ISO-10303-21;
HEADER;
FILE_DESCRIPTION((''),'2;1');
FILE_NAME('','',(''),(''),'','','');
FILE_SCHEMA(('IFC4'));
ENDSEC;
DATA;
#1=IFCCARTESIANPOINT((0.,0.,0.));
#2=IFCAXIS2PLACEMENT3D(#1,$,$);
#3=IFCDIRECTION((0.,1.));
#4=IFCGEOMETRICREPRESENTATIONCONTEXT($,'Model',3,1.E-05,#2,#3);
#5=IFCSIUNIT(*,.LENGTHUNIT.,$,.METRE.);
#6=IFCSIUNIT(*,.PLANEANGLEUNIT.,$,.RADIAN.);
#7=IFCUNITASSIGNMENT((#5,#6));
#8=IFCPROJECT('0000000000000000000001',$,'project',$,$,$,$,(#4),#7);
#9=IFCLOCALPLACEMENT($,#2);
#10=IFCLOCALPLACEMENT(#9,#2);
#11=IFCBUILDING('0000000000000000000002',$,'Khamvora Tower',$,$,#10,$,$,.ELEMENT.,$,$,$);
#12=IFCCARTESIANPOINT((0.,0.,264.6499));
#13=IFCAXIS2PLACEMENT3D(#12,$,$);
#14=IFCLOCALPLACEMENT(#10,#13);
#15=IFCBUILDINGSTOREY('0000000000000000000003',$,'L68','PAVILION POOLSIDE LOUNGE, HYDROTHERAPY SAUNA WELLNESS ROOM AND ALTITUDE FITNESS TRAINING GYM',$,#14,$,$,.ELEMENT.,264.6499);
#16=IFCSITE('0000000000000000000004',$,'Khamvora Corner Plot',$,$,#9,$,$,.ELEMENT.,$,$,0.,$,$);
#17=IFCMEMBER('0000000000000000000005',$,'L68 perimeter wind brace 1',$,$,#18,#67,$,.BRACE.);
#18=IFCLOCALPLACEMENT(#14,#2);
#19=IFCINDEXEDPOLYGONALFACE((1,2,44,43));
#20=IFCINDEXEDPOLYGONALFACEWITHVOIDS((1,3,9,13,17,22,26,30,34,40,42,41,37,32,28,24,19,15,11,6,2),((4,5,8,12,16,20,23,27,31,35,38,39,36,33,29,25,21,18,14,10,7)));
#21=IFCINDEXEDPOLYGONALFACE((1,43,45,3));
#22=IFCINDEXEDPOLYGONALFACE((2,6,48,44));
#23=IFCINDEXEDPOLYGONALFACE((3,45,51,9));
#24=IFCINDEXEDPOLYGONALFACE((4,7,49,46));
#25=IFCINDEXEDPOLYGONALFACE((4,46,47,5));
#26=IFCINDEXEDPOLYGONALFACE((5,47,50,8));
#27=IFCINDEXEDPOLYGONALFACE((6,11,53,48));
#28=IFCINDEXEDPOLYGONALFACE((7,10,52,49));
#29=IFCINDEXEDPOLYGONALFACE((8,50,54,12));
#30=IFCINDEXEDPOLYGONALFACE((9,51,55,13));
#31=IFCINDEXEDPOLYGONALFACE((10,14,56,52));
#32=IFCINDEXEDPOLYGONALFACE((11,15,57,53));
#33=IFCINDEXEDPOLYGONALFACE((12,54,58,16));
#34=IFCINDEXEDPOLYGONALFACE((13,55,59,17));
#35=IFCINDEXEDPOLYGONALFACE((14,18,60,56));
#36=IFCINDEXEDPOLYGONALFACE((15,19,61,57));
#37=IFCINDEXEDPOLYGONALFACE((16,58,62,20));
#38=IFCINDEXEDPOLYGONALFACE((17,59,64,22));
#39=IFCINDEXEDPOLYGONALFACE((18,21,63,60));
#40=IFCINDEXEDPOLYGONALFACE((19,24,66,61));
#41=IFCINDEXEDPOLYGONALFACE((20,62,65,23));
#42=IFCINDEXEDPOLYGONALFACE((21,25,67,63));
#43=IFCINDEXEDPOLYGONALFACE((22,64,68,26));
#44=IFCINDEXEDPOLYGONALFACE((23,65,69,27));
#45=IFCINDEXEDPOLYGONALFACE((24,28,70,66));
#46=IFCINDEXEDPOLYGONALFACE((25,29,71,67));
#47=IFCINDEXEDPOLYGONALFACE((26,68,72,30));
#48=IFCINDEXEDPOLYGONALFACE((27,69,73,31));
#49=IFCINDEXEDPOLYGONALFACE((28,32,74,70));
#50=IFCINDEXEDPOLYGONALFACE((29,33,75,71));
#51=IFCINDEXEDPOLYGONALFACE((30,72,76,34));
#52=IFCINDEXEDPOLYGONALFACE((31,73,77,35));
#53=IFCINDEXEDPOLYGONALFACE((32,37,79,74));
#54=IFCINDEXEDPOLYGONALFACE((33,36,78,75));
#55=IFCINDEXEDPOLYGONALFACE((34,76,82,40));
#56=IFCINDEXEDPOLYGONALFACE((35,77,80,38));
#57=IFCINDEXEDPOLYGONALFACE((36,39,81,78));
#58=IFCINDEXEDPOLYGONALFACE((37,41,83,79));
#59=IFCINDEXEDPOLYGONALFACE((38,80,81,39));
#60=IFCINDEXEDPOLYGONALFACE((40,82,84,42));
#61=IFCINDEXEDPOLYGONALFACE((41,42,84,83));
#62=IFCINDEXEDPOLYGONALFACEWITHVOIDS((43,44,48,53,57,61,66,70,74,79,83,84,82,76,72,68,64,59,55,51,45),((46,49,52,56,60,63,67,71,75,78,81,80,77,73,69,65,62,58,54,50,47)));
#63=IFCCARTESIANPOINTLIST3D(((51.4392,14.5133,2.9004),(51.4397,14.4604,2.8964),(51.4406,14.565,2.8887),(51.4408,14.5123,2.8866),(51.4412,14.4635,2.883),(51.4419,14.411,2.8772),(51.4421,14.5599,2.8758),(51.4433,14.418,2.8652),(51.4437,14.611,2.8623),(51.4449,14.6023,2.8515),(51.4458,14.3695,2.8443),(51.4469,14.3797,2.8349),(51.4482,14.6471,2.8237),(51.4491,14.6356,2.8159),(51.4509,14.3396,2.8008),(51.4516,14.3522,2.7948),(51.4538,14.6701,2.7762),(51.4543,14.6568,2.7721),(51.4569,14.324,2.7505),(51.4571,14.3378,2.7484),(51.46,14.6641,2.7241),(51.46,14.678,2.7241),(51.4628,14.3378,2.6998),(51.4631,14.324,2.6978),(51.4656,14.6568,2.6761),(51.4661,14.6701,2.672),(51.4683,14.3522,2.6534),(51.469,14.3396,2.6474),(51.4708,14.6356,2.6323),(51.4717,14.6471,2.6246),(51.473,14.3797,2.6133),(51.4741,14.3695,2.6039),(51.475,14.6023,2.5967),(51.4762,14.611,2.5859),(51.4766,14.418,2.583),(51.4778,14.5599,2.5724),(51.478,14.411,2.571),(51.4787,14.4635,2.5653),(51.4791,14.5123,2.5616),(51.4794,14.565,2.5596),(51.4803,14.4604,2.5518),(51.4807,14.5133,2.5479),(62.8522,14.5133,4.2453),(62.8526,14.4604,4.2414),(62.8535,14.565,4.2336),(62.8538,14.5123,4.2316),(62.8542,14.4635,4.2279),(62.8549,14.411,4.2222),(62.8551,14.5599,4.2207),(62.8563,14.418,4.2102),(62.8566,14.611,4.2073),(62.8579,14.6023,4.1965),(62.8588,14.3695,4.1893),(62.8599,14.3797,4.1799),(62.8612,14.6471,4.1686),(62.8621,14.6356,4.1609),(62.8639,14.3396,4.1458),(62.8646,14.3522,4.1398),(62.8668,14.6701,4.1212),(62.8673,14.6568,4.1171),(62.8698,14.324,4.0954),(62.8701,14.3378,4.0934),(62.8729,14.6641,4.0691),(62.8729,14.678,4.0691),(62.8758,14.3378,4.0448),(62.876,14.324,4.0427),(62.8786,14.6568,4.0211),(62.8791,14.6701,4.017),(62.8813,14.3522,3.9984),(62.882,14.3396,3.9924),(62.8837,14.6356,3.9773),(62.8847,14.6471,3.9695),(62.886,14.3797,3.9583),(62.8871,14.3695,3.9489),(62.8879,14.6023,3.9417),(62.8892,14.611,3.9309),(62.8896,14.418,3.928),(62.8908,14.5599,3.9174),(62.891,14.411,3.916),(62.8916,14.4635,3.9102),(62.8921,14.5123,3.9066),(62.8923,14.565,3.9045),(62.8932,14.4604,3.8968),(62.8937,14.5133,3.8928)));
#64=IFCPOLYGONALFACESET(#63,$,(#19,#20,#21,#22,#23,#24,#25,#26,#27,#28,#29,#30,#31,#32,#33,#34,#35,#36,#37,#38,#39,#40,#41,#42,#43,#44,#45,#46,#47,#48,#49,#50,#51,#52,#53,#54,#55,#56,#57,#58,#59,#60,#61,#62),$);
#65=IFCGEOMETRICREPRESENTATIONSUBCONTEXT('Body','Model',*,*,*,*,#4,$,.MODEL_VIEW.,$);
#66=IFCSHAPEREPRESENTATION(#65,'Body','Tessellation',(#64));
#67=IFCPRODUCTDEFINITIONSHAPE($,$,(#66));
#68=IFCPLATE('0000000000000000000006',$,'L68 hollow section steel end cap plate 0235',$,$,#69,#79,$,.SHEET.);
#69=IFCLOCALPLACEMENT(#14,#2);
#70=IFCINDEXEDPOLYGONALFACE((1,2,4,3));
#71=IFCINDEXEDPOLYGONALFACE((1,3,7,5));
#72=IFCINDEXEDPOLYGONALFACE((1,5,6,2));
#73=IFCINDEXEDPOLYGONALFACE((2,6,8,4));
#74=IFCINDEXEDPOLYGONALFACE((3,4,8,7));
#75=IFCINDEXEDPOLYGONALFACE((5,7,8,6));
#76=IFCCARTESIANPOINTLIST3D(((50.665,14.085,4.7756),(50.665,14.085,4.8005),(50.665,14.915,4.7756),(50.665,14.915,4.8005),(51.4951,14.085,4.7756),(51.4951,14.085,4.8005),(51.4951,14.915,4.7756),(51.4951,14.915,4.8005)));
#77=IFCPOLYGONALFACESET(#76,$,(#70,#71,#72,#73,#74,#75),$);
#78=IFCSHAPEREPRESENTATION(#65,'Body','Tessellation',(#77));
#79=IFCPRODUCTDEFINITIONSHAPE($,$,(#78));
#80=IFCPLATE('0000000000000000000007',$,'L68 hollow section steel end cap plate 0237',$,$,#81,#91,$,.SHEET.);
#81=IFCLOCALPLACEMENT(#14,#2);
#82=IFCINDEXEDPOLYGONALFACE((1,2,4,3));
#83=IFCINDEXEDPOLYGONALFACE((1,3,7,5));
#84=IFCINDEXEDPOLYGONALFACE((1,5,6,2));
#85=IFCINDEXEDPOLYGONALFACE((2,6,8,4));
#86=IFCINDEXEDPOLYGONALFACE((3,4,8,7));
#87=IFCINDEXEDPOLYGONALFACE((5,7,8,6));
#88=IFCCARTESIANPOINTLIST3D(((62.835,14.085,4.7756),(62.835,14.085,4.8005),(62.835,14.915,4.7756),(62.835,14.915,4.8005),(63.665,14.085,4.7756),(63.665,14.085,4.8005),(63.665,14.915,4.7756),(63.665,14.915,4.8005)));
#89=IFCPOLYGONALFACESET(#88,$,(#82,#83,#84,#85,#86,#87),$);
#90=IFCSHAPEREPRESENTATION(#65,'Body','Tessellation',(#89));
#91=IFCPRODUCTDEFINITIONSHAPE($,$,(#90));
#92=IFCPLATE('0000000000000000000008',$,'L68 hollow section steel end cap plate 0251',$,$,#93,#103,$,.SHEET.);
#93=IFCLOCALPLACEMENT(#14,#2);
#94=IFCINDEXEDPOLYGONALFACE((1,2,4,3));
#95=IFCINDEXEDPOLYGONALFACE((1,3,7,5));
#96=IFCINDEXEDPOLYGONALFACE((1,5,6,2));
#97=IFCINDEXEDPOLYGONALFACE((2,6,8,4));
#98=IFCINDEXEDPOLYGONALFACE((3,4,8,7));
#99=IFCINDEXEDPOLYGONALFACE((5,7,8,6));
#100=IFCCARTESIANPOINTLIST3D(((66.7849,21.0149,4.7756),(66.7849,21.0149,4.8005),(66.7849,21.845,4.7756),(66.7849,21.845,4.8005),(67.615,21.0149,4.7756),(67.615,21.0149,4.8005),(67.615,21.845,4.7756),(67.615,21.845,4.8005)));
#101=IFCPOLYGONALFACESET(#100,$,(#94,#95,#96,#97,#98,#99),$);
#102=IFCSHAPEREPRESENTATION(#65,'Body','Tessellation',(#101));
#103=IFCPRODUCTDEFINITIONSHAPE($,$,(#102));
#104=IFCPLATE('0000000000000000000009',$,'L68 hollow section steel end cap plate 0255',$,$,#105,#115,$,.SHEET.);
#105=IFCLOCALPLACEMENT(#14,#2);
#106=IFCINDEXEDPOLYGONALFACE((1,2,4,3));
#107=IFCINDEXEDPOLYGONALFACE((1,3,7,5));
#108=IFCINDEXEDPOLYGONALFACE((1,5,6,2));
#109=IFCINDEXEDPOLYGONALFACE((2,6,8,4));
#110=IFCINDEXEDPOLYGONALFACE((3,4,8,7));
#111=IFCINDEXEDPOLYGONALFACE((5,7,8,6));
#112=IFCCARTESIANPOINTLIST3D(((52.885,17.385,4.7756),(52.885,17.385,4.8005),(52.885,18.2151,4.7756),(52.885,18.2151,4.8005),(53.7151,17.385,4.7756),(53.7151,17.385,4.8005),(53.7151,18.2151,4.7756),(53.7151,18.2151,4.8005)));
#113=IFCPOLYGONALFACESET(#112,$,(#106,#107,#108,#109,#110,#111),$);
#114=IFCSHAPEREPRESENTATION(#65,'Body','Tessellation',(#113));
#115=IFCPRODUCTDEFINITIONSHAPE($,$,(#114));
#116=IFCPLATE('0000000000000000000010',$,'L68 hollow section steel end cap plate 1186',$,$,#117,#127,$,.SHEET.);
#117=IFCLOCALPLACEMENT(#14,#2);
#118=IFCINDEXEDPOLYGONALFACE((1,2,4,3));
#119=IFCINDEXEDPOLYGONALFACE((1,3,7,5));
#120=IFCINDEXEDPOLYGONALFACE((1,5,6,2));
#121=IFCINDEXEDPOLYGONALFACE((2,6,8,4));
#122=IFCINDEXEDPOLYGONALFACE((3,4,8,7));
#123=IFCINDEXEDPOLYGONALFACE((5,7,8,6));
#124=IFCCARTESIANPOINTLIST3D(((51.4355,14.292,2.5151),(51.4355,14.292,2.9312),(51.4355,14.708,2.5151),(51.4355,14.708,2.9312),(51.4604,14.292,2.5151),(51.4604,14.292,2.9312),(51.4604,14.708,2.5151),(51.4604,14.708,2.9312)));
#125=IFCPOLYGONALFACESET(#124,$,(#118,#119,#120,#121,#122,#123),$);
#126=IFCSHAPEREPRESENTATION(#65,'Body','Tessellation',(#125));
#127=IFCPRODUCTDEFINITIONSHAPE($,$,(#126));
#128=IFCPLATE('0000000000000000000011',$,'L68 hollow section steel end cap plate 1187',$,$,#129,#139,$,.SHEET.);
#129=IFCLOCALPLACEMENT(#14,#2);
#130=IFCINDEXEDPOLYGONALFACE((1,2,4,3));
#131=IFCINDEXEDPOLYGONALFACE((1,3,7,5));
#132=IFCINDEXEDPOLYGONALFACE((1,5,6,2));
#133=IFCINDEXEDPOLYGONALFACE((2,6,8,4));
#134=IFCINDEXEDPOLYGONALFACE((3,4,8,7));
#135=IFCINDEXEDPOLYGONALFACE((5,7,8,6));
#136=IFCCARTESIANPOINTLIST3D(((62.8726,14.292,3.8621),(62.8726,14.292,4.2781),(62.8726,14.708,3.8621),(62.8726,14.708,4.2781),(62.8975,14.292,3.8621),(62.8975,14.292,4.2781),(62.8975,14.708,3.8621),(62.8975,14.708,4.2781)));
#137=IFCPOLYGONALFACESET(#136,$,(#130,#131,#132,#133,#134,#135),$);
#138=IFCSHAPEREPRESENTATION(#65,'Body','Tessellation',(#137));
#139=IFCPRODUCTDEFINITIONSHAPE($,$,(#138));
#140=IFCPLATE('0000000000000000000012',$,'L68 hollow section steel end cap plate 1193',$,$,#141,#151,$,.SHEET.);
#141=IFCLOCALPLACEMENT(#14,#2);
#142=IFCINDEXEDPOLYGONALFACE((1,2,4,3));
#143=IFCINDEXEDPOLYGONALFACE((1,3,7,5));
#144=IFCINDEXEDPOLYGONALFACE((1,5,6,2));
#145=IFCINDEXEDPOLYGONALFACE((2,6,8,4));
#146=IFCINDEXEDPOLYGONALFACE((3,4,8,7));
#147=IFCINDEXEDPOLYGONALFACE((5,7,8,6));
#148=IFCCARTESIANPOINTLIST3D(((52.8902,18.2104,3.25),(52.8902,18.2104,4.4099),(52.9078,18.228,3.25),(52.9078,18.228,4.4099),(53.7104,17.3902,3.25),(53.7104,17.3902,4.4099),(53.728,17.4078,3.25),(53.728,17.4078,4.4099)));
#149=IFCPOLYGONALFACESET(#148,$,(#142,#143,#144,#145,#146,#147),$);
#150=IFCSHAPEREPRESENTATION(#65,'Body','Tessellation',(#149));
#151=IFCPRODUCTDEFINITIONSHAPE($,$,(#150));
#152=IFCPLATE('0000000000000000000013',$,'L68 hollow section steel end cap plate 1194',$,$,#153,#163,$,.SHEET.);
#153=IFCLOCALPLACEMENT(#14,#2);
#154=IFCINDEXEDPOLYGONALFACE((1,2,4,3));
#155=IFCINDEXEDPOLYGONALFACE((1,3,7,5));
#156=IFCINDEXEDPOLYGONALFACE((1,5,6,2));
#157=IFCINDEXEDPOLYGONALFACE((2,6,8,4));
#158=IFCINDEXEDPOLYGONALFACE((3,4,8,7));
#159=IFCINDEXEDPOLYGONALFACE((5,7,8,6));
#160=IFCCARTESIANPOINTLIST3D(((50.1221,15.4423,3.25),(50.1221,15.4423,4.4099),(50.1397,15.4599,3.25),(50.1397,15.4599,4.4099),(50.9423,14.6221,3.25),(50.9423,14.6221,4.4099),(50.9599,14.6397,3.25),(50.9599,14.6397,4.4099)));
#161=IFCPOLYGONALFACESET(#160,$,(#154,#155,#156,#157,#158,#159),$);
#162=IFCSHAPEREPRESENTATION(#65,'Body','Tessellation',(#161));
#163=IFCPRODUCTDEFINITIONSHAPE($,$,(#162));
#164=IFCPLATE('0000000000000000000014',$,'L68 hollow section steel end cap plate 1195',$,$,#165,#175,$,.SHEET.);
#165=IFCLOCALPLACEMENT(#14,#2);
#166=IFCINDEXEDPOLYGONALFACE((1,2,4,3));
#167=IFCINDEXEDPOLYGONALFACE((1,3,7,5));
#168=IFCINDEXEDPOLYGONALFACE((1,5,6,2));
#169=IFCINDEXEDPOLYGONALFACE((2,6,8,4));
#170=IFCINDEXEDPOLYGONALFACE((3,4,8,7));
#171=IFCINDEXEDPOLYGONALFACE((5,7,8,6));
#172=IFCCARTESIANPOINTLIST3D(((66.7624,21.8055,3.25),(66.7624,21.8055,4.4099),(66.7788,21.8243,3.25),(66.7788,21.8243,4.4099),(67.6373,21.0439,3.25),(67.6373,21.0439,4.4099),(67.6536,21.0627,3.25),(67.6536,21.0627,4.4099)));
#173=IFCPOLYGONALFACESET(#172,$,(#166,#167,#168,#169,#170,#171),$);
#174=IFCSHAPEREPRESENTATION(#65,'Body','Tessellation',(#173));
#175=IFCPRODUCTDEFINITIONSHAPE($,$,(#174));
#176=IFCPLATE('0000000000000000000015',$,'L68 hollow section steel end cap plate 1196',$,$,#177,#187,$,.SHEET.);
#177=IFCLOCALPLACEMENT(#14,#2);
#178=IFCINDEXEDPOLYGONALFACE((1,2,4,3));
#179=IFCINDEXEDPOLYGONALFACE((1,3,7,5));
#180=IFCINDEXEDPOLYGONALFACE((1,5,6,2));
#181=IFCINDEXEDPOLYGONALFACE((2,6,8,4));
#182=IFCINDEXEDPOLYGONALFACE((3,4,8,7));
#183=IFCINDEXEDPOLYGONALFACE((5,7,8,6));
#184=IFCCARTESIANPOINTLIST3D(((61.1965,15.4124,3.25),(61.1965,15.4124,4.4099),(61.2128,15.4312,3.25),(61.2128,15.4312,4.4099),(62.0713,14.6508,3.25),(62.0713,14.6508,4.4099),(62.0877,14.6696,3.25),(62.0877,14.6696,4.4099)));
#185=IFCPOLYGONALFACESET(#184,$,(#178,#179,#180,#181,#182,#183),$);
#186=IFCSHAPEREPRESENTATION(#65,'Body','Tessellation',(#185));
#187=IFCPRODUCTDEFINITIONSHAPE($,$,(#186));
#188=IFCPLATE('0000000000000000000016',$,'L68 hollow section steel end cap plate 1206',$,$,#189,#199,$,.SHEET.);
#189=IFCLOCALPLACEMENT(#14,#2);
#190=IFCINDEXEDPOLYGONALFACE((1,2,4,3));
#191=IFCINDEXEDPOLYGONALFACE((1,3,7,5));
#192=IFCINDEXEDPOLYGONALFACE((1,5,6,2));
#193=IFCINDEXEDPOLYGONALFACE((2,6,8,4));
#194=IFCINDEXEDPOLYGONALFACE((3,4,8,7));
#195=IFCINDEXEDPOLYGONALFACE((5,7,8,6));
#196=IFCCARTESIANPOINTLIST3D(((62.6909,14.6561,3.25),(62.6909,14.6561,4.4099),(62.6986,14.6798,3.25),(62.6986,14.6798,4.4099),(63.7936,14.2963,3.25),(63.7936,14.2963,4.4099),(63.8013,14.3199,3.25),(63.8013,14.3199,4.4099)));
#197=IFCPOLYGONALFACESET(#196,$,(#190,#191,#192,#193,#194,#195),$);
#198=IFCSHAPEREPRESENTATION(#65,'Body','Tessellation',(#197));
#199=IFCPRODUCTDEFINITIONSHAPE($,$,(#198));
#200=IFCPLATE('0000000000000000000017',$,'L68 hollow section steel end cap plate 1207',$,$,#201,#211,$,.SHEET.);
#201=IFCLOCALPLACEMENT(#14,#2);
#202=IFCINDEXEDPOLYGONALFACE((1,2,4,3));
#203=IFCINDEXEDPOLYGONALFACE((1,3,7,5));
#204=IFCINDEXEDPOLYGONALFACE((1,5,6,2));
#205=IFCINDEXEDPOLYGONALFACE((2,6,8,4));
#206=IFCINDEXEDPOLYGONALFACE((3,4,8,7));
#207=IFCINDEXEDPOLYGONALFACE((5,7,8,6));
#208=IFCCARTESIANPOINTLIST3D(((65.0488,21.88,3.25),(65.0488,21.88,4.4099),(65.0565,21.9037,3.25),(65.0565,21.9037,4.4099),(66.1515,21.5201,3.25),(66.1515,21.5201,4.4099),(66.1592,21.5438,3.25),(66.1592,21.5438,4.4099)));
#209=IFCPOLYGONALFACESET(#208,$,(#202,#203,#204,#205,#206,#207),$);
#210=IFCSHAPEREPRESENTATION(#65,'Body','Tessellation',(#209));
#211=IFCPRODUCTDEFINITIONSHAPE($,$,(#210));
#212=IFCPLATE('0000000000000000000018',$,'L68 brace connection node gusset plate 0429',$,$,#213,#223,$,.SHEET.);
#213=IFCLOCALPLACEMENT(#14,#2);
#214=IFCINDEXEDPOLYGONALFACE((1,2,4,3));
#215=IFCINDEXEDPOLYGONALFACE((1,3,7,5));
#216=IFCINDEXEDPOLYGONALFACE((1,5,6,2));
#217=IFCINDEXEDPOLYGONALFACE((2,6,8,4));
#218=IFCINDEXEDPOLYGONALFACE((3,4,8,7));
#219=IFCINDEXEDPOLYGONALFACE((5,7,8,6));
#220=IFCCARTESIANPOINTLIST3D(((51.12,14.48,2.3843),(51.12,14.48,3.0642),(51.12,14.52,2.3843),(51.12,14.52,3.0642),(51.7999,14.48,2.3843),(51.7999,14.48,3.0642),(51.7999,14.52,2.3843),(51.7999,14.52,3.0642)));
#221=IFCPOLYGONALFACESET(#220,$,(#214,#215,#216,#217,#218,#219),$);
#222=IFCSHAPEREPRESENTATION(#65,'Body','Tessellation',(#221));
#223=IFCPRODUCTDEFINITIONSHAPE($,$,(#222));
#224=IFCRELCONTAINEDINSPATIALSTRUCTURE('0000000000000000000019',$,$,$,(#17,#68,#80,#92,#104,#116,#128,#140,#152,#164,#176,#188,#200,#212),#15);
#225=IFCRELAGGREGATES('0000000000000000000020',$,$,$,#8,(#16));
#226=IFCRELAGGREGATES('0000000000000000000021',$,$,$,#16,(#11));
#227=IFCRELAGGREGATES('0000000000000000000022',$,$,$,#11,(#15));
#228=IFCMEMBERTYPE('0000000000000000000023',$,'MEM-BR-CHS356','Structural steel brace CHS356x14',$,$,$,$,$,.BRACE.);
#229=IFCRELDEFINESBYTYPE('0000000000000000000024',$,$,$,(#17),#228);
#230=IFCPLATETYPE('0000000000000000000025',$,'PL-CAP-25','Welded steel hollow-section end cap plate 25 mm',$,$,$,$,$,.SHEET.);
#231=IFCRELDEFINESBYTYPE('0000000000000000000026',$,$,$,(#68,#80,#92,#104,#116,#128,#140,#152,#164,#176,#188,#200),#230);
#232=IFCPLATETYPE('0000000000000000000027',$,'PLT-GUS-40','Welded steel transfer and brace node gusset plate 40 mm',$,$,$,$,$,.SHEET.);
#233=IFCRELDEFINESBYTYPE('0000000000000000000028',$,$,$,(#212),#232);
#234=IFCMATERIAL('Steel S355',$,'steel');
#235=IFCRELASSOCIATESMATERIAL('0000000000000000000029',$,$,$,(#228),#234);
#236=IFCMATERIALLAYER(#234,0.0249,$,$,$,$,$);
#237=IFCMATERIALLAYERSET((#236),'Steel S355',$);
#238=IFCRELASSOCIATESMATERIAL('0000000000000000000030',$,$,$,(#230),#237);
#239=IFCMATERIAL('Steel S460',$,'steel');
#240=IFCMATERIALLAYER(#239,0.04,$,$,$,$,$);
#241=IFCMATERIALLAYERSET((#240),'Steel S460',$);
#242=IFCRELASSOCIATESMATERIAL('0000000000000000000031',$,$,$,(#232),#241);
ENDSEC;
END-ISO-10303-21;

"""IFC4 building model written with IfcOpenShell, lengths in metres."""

from ifc_helpers import new_model, si_unit, direction, frame, origin, origin_2d, place, context, subcontext, project, spatial, rectangle, hollow_circle, extrude, material, layer, layer_set, material_profile, profile_set, type_object, element, save


model = new_model("IFC4")

# Units and contexts
model_context = context("Model", 3, precision=1e-05, world=origin(), true_north=direction((0.0, 1.0)))
body_context = subcontext(model_context, "Body", "Model", "MODEL_VIEW")
ifc_project = project(units=[si_unit("LENGTHUNIT", "METRE"), si_unit("PLANEANGLEUNIT", "RADIAN")], contexts=[model_context])

# Site, building, storey
site_placement = place(None, origin())
site = spatial("IfcSite", under=ifc_project, at=site_placement, Name="Khamvora Corner Plot", CompositionType="ELEMENT", RefElevation=0.0)
building_placement = place(site_placement, origin())
building = spatial("IfcBuilding", under=site, at=building_placement, Name="Khamvora Tower", CompositionType="ELEMENT")
storey_placement = place(building_placement, frame((0.0, 0.0, 264.6499)))
storey = spatial("IfcBuildingStorey", under=building, at=storey_placement, Name="L68", Description="PAVILION POOLSIDE LOUNGE, HYDROTHERAPY SAUNA WELLNESS ROOM AND ALTITUDE FITNESS TRAINING GYM", CompositionType="ELEMENT", Elevation=264.6499)

# Shared definitions
ifc_material_1 = material(Name="Steel S355", Category="steel")

# Shared definitions
ifc_material_2 = material(Name="Steel S460", Category="steel")

# Member
ifc_material_profile_1 = material_profile(ifc_material_1, hollow_circle(Radius=0.178, WallThickness=0.0139, at=origin_2d()), Name="CHS356x14")
ifc_profile_set_1 = profile_set([ifc_material_profile_1], Name="Steel S355")
member_type = type_object("IfcMemberType", Name="MEM-BR-CHS356", Description="Structural steel brace CHS356x14", PredefinedType="BRACE", material=ifc_profile_set_1)
member_placement = place(storey_placement, frame((51.46, 14.5, 2.7241), z_axis=(0.993128, 0.0, 0.117035), x_axis=(0.0, 1.0, 0.0)))
element("IfcMember", 1, at=member_placement, inside=storey, type_object=member_type, Name="L68 perimeter wind brace 1", PredefinedType="BRACE", context=body_context, shape_type="SweptSolid", body=[
    extrude(hollow_circle(Radius=0.178, WallThickness=0.0139, at=origin_2d()), origin(), (0.0, 0.0, 1.0), 11.4919),
])

# Plates
ifc_layer_1 = layer(ifc_material_1, 0.0249)
ifc_layer_set_1 = layer_set([ifc_layer_1], Name="Steel S355")
plate_type_1 = type_object("IfcPlateType", Name="PL-CAP-25", Description="Welded steel hollow-section end cap plate 25 mm", PredefinedType="SHEET", material=ifc_layer_set_1)
for number, where, z_axis, x_axis, name in (
    (2, (51.0801, 14.5, 4.7756), (0.0, 0.0, 1.0), (1.0, 0.0, 0.0), "L68 hollow section steel end cap plate 0235"),
    (3, (63.25, 14.5, 4.7756), (0.0, 0.0, 1.0), (1.0, 0.0, 0.0), "L68 hollow section steel end cap plate 0237"),
    (4, (67.2, 21.4299, 4.7756), (0.0, 0.0, 1.0), (1.0, 0.0, 0.0), "L68 hollow section steel end cap plate 0251"),
    (5, (53.3, 17.8, 4.7756), (0.0, 0.0, 1.0), (1.0, 0.0, 0.0), "L68 hollow section steel end cap plate 0255"),
):
    element("IfcPlate", number, at=place(storey_placement, frame(where, z_axis=z_axis, x_axis=x_axis)), inside=storey, type_object=plate_type_1, Name=name, PredefinedType="SHEET", context=body_context, shape_type="SweptSolid", body=[
        extrude(rectangle(XDim=0.8301, YDim=0.8301, at=origin_2d()), origin(), (0.0, 0.0, 1.0), 0.0249),
    ])
for number, where, z_axis, x_axis, name in (
    (6, (51.448, 14.5, 2.5151), (0.0, 0.0, 1.0), (1.0, 0.0, 0.0), "L68 hollow section steel end cap plate 1186"),
    (7, (62.885, 14.5, 3.8621), (0.0, 0.0, 1.0), (1.0, 0.0, 0.0), "L68 hollow section steel end cap plate 1187"),
):
    element("IfcPlate", number, at=place(storey_placement, frame(where, z_axis=z_axis, x_axis=x_axis)), inside=storey, type_object=plate_type_1, Name=name, PredefinedType="SHEET", context=body_context, shape_type="SweptSolid", body=[
        extrude(rectangle(XDim=0.0249, YDim=0.416, at=origin_2d()), origin(), (0.0, 0.0, 1.0), 0.416),
    ])
for number, where, z_axis, x_axis, name in (
    (8, (53.3091, 17.8091, 3.25), (0.0, 0.0, 1.0), (-0.707107, -0.707107, 0.0), "L68 hollow section steel end cap plate 1193"),
    (9, (50.541, 15.041, 3.25), (0.0, 0.0, 1.0), (-0.707107, -0.707107, 0.0), "L68 hollow section steel end cap plate 1194"),
    (10, (67.208, 21.4341, 3.25), (0.0, 0.0, 1.0), (-0.656612, -0.754228, 0.0), "L68 hollow section steel end cap plate 1195"),
    (11, (61.6421, 15.041, 3.25), (0.0, 0.0, 1.0), (-0.656612, -0.754228, 0.0), "L68 hollow section steel end cap plate 1196"),
    (12, (63.2461, 14.488, 3.25), (0.0, 0.0, 1.0), (0.310278, 0.950646, 0.0), "L68 hollow section steel end cap plate 1206"),
    (13, (65.604, 21.7119, 3.25), (0.0, 0.0, 1.0), (0.310278, 0.950646, 0.0), "L68 hollow section steel end cap plate 1207"),
):
    element("IfcPlate", number, at=place(storey_placement, frame(where, z_axis=z_axis, x_axis=x_axis)), inside=storey, type_object=plate_type_1, Name=name, PredefinedType="SHEET", context=body_context, shape_type="SweptSolid", body=[
        extrude(rectangle(XDim=0.0249, YDim=1.1599, at=origin_2d()), origin(), (0.0, 0.0, 1.0), 1.1599),
    ])
ifc_layer_2 = layer(ifc_material_2, 0.04)
ifc_layer_set_2 = layer_set([ifc_layer_2], Name="Steel S460")
plate_type_2 = type_object("IfcPlateType", Name="PLT-GUS-40", Description="Welded steel transfer and brace node gusset plate 40 mm", PredefinedType="SHEET", material=ifc_layer_set_2)
for number, where, z_axis, x_axis, name in (
    (14, (51.46, 14.5, 2.3843), (0.0, 0.0, 1.0), (1.0, 0.0, 0.0), "L68 brace connection node gusset plate 0429"),
):
    element("IfcPlate", number, at=place(storey_placement, frame(where, z_axis=z_axis, x_axis=x_axis)), inside=storey, type_object=plate_type_2, Name=name, PredefinedType="SHEET", context=body_context, shape_type="SweptSolid", body=[
        extrude(rectangle(XDim=0.6799, YDim=0.04, at=origin_2d()), origin(), (0.0, 0.0, 1.0), 0.6799),
    ])

save(model, "model.ifc")
